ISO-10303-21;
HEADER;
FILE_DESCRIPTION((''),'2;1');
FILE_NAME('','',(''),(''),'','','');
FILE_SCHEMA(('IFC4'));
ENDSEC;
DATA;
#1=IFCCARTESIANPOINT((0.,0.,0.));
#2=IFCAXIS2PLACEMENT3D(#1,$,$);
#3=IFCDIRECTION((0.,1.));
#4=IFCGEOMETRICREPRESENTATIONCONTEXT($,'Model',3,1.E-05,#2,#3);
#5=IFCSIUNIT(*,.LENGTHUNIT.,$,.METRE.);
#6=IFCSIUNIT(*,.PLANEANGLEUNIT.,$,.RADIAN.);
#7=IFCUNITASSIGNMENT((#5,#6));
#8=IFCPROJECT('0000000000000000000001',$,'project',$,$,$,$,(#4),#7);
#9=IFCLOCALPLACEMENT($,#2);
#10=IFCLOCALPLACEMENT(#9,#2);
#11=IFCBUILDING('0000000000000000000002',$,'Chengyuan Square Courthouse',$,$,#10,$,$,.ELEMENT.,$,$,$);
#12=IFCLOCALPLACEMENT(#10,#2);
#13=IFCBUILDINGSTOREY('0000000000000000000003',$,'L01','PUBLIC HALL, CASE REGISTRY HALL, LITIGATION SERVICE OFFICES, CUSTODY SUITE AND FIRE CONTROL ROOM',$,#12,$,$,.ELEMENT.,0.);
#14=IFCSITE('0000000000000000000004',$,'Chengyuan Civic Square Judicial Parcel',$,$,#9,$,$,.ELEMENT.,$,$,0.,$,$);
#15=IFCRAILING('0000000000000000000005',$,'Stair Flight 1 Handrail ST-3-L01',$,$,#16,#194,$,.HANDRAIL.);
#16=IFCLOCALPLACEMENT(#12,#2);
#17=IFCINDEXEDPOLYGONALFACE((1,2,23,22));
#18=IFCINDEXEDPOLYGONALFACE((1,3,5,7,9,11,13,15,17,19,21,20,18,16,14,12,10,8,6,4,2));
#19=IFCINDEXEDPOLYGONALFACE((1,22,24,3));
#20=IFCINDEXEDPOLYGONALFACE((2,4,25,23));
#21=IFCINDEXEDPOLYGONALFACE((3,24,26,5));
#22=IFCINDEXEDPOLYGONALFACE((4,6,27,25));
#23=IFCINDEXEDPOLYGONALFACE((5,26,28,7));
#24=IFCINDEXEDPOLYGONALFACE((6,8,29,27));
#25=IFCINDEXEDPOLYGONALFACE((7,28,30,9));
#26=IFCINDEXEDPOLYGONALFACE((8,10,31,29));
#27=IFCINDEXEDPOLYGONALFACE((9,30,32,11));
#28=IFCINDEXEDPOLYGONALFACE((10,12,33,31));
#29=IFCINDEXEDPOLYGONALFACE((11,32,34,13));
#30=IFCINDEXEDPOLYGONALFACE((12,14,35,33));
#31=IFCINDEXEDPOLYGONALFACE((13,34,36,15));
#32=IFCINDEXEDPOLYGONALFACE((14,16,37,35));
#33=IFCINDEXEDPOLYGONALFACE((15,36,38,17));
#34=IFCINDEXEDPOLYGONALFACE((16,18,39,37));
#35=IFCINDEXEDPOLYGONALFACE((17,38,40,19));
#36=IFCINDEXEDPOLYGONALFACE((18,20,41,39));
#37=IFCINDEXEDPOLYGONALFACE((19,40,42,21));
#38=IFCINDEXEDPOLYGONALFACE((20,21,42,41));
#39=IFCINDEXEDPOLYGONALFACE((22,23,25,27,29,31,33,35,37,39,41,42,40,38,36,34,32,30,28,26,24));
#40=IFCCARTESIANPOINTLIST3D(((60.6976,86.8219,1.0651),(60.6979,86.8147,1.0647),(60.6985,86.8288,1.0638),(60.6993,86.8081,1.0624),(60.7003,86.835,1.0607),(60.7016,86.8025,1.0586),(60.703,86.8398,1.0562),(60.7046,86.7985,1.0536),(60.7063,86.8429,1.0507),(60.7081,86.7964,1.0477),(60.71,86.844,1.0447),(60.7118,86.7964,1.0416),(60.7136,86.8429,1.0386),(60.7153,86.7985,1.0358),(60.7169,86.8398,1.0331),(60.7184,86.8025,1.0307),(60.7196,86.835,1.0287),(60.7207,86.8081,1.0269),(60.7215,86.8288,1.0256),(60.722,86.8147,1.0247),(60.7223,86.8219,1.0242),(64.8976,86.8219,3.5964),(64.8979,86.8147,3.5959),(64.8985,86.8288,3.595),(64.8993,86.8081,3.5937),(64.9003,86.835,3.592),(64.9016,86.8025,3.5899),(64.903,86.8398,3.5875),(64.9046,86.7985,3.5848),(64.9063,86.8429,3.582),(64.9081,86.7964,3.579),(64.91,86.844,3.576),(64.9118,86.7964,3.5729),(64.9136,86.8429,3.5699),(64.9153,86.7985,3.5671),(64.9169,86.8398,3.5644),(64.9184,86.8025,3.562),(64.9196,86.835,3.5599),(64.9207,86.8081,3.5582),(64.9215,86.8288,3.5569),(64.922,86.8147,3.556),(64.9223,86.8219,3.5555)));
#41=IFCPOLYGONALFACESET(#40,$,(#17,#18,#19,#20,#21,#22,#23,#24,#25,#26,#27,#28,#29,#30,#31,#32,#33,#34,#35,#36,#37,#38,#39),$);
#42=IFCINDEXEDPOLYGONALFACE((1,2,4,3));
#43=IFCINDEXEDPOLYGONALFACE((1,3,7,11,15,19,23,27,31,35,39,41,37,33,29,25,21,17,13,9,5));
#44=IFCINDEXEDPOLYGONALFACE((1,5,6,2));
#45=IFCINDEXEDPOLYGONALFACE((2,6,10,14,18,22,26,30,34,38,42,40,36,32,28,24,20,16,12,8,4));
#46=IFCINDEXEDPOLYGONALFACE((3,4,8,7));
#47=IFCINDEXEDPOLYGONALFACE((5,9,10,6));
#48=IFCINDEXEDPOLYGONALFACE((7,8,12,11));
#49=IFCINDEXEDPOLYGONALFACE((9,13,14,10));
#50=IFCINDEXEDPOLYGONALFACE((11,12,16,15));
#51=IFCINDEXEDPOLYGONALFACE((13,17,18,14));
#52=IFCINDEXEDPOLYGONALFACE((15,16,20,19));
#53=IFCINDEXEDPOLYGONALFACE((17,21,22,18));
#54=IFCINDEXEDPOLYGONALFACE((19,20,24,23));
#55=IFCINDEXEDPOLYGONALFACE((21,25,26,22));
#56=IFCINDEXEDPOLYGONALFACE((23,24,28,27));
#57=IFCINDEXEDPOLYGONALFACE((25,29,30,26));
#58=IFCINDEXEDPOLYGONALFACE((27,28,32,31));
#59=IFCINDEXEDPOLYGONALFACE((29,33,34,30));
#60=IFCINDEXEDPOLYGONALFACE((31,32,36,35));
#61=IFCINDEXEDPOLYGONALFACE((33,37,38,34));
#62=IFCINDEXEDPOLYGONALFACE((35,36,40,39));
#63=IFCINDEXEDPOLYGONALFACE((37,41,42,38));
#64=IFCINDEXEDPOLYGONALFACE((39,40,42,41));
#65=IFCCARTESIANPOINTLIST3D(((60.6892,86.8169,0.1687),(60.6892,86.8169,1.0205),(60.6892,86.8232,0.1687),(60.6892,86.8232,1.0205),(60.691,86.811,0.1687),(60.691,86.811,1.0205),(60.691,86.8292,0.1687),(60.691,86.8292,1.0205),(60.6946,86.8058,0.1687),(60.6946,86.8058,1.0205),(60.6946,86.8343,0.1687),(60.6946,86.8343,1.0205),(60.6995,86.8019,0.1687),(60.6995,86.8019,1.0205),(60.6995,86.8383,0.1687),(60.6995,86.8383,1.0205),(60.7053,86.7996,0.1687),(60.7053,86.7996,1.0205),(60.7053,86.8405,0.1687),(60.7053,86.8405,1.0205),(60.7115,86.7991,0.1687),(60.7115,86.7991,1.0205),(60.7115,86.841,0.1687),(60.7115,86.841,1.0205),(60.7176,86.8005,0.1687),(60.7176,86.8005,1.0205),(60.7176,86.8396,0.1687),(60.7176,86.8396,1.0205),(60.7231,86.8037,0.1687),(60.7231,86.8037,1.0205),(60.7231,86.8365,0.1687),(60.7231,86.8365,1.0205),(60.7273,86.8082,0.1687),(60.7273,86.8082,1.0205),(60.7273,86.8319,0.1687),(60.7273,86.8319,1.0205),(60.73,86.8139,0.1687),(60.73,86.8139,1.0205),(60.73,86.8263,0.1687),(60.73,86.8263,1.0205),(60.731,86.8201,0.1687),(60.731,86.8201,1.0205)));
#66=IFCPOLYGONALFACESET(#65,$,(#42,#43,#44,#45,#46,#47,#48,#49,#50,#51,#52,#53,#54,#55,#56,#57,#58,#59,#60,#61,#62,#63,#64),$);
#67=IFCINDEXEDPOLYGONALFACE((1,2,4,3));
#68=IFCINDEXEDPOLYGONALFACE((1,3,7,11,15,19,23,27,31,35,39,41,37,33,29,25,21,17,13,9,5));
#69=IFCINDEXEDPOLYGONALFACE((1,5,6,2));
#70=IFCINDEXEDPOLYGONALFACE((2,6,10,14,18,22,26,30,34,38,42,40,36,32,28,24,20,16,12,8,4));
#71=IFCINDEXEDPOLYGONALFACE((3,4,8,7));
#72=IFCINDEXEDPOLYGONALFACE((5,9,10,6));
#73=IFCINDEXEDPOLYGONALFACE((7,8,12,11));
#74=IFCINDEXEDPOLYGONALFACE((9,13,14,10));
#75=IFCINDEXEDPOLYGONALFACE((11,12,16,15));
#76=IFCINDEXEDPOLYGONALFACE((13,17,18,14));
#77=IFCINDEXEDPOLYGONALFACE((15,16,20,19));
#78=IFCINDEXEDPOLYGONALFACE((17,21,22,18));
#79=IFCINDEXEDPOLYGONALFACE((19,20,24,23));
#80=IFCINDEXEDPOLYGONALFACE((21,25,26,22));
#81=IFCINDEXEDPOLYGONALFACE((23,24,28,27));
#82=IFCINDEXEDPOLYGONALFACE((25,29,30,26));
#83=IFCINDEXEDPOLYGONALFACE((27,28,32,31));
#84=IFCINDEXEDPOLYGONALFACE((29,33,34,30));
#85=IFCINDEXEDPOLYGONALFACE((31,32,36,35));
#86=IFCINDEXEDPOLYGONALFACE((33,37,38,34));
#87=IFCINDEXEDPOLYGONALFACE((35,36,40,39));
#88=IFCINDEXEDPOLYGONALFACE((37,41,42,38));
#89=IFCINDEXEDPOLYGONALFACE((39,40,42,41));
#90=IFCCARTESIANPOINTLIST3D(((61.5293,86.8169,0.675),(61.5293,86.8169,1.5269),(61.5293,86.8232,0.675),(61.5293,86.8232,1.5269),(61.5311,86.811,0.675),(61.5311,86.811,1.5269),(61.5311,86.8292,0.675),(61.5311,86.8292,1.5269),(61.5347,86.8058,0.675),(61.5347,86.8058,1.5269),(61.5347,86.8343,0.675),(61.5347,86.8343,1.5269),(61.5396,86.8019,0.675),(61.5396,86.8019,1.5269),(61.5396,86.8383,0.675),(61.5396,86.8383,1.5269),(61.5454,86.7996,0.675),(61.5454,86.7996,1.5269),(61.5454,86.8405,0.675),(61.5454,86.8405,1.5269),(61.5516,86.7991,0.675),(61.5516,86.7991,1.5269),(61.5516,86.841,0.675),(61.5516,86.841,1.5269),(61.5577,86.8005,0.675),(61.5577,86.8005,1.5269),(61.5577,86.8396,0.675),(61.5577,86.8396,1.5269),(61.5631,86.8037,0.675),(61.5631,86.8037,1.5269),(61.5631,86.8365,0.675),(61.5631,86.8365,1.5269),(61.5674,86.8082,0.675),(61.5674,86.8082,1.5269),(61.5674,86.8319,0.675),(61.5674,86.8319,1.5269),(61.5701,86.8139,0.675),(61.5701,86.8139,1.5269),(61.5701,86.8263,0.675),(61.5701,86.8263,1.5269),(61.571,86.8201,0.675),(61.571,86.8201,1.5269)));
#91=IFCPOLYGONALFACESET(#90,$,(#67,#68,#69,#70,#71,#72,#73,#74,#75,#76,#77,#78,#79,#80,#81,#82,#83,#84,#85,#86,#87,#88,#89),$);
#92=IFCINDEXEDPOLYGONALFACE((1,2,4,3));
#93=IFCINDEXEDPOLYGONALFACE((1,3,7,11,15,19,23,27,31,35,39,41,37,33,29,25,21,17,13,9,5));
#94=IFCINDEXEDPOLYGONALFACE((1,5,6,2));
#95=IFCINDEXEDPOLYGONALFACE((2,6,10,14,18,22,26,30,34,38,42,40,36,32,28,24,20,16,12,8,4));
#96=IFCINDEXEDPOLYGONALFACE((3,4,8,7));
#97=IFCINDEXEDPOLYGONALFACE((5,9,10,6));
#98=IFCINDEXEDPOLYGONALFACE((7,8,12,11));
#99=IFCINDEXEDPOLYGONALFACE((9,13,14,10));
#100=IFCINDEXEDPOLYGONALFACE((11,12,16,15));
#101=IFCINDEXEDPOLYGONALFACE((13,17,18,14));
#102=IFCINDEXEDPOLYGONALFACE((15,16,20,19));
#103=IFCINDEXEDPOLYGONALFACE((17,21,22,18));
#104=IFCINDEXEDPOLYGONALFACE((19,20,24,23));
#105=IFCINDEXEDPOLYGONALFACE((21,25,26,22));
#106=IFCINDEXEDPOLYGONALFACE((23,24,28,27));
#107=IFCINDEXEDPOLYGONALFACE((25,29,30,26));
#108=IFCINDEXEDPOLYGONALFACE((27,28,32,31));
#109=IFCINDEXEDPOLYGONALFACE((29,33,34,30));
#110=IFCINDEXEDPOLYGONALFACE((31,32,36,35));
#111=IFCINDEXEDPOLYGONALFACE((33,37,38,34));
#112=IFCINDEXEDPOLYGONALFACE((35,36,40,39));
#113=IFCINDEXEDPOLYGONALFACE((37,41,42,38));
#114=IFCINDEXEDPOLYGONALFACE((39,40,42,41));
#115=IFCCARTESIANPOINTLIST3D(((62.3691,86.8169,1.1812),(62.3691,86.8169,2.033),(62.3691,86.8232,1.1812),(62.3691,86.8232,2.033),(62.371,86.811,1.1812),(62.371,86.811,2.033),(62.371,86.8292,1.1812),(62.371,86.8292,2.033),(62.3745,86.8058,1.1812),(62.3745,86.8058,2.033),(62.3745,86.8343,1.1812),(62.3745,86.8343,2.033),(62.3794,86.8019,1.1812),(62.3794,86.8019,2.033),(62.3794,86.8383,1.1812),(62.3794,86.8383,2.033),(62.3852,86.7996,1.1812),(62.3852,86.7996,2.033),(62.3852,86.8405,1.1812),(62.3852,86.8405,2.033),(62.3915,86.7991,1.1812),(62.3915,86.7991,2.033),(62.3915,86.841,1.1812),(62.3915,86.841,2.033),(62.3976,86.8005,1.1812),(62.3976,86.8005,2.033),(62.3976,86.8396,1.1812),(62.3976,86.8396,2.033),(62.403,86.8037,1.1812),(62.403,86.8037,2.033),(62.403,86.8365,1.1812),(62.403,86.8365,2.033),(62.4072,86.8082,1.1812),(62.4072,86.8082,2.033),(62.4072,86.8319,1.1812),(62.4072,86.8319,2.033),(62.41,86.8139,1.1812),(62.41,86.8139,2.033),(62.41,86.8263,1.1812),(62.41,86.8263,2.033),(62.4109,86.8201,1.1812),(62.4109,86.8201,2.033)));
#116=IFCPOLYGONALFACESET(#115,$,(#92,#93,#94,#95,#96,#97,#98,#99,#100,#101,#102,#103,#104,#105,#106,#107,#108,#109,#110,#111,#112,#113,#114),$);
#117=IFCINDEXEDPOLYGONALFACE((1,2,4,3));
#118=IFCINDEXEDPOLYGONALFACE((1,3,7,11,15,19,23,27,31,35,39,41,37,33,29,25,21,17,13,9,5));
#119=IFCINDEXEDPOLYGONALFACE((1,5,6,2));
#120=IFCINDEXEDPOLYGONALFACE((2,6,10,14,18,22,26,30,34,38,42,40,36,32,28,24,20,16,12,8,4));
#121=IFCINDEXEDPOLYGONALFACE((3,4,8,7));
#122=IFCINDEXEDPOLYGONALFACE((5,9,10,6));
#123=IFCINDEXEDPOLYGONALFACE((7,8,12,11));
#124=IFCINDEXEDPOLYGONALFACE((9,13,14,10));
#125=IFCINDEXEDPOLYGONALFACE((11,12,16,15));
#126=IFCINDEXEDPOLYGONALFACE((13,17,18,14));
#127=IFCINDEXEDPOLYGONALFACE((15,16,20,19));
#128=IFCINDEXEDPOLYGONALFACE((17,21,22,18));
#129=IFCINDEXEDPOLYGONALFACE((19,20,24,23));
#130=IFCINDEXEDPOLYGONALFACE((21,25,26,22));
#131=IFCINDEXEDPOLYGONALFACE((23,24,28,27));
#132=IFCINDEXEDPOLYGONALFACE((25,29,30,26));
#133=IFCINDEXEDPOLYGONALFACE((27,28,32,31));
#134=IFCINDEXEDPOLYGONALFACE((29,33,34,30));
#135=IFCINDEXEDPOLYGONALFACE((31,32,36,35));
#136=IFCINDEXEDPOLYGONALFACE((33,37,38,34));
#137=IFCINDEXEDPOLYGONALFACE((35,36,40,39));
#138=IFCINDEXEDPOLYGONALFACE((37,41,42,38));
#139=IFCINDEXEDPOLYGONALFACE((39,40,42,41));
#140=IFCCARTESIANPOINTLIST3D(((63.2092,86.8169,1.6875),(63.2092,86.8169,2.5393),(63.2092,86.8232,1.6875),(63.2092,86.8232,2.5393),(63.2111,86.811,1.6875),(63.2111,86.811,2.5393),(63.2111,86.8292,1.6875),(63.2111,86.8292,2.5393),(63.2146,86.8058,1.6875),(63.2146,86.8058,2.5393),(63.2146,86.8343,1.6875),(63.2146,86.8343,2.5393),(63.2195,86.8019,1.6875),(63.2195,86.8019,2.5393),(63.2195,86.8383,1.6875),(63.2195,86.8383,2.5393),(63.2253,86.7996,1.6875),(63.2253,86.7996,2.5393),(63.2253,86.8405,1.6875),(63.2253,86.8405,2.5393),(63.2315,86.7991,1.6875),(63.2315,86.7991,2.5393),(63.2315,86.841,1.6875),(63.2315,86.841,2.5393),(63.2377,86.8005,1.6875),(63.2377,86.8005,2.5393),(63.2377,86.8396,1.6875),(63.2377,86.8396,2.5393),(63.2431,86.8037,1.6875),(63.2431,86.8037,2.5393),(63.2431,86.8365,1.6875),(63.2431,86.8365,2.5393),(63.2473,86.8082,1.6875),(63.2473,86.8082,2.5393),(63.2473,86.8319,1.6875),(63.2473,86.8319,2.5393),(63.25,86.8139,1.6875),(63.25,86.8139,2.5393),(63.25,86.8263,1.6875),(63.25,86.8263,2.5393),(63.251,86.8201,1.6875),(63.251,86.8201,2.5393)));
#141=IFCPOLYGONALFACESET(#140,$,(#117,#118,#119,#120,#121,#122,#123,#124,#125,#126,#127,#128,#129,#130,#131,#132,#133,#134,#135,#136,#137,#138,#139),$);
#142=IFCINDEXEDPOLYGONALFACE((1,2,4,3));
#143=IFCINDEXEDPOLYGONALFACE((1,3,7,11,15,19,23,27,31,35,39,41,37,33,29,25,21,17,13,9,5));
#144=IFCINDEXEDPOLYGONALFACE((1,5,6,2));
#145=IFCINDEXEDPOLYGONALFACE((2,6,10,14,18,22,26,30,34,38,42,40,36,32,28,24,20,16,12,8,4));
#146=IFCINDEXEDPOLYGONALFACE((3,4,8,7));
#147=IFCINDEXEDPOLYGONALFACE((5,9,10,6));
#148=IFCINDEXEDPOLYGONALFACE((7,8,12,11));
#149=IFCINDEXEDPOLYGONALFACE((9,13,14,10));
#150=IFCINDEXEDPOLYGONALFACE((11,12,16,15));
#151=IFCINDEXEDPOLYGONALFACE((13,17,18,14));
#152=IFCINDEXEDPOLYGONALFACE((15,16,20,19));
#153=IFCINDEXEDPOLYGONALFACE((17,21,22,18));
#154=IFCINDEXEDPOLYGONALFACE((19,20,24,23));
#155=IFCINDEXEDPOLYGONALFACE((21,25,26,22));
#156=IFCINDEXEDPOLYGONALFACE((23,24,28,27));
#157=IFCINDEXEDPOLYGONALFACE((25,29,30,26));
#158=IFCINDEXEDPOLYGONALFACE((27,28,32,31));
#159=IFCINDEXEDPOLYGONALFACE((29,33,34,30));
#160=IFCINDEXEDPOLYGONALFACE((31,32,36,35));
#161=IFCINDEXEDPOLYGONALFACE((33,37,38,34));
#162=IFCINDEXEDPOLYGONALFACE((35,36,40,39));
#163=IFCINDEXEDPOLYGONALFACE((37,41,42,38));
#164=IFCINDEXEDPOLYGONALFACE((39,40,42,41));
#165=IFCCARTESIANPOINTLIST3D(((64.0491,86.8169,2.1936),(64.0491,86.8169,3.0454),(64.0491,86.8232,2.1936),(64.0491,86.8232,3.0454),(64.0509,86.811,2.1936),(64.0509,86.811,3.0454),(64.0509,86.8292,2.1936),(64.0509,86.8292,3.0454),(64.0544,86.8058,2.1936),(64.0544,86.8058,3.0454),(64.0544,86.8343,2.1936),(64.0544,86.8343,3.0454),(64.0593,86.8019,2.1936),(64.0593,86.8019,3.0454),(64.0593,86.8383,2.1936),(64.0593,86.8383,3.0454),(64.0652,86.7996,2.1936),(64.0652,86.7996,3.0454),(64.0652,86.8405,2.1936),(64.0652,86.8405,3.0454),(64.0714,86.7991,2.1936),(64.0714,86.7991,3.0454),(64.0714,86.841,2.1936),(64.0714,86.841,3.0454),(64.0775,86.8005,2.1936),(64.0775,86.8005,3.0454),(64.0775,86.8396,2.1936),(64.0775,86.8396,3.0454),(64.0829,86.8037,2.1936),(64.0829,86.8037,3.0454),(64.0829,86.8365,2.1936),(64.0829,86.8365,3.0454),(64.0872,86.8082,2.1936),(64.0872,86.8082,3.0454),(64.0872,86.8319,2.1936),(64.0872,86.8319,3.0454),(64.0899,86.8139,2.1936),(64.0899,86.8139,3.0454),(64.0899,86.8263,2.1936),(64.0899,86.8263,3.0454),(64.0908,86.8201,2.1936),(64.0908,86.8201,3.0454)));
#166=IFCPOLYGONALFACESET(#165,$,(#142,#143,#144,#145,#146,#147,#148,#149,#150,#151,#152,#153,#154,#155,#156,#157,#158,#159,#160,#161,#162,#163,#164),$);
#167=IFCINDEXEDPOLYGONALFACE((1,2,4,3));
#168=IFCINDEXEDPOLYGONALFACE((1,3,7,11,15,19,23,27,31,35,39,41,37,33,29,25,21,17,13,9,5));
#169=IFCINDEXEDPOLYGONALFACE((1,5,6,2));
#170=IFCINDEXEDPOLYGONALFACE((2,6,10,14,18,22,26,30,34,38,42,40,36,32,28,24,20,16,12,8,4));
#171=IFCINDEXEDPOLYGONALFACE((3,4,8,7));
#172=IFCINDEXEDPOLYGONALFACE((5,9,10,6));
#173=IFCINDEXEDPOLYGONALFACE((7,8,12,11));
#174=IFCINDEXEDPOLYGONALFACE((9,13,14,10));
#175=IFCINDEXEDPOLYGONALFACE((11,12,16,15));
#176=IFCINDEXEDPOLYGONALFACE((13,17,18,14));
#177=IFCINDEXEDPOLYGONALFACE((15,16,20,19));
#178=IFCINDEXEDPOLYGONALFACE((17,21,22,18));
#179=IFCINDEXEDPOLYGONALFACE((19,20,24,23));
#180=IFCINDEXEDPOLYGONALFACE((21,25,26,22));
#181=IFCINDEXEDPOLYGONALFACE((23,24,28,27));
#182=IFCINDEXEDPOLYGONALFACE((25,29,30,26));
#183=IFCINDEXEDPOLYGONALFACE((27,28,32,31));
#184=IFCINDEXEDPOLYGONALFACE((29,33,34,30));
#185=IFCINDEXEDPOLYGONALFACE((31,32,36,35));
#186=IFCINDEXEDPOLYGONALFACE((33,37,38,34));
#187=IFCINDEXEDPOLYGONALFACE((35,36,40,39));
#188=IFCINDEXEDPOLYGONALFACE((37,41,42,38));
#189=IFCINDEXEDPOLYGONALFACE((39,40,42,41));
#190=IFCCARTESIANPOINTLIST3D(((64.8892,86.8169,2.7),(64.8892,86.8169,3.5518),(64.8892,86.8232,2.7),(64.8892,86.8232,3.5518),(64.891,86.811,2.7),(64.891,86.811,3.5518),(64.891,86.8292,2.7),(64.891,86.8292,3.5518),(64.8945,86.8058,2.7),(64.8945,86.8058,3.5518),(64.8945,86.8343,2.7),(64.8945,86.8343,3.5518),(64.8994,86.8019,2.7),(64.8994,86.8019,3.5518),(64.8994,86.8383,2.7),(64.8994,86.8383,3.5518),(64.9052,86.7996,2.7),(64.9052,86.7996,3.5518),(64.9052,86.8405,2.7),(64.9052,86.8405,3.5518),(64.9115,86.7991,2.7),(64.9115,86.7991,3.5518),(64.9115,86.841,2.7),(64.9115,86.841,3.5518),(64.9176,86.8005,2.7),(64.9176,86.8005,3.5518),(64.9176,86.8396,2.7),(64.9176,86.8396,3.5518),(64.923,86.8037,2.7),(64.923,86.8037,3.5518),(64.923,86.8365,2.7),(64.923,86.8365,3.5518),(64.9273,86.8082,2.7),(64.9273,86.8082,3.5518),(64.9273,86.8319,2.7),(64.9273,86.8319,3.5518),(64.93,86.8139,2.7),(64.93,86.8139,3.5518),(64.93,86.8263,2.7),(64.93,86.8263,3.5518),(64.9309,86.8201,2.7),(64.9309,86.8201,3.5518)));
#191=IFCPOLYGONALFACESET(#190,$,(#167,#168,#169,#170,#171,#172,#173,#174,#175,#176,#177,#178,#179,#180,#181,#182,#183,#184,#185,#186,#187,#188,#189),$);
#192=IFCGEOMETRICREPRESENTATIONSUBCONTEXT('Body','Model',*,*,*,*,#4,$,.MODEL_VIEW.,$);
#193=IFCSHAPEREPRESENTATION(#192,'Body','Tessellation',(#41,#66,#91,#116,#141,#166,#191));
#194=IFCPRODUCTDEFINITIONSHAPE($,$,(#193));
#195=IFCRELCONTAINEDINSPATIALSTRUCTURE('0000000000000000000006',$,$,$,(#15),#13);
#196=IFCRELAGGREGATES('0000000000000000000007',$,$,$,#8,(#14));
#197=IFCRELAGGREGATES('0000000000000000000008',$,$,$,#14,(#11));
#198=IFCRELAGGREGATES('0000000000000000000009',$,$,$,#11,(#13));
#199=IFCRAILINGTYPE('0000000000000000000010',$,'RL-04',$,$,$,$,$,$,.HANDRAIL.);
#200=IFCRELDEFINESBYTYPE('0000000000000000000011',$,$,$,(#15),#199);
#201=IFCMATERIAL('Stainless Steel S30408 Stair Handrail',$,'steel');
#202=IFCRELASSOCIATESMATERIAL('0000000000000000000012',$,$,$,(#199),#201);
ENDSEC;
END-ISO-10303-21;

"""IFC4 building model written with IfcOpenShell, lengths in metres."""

from ifc_helpers import new_model, si_unit, direction, frame, origin, origin_2d, place, context, subcontext, project, spatial, circle, extrude, material, type_object, element, save


model = new_model("IFC4")

# Units and contexts
model_context = context("Model", 3, precision=1e-05, world=origin(), true_north=direction((0.0, 1.0)))
body_context = subcontext(model_context, "Body", "Model", "MODEL_VIEW")
ifc_project = project(units=[si_unit("LENGTHUNIT", "METRE"), si_unit("PLANEANGLEUNIT", "RADIAN")], contexts=[model_context])

# Site, building, storey
site_placement = place(None, origin())
site = spatial("IfcSite", under=ifc_project, at=site_placement, Name="Chengyuan Civic Square Judicial Parcel", CompositionType="ELEMENT", RefElevation=0.0)
building_placement = place(site_placement, origin())
building = spatial("IfcBuilding", under=site, at=building_placement, Name="Chengyuan Square Courthouse", CompositionType="ELEMENT")
storey_placement = place(building_placement, origin())
storey = spatial("IfcBuildingStorey", under=building, at=storey_placement, Name="L01", Description="PUBLIC HALL, CASE REGISTRY HALL, LITIGATION SERVICE OFFICES, CUSTODY SUITE AND FIRE CONTROL ROOM", CompositionType="ELEMENT", Elevation=0.0)

# Railing
ifc_material_1 = material(Name="Stainless Steel S30408 Stair Handrail", Category="steel")
railing_type_1 = type_object("IfcRailingType", Name="RL-04", PredefinedType="HANDRAIL", material=ifc_material_1)
railing_1_placement = place(storey_placement, frame((60.71, 86.8201, 0.1687)))
element("IfcRailing", 1, at=railing_1_placement, inside=storey, type_object=railing_type_1, Name="Stair Flight 1 Handrail ST-3-L01", PredefinedType="HANDRAIL", context=body_context, shape_type="SweptSolid", body=[
    extrude(circle(Radius=0.0239, at=origin_2d()), frame((0.0, 0.0, 0.876), z_axis=(0.856476, 0.0, 0.516186), x_axis=(0.0, 1.0, 0.0)), (0.0, 0.0, 1.0), 4.9038),
    extrude(circle(Radius=0.021, at=origin_2d()), origin(), (0.0, 0.0, 1.0), 0.8518),
    extrude(circle(Radius=0.021, at=origin_2d()), frame((0.8401, 0.0, 0.5063)), (0.0, 0.0, 1.0), 0.8518),
    extrude(circle(Radius=0.021, at=origin_2d()), frame((1.6799, 0.0, 1.0125)), (0.0, 0.0, 1.0), 0.8518),
    extrude(circle(Radius=0.021, at=origin_2d()), frame((2.52, 0.0, 1.5188)), (0.0, 0.0, 1.0), 0.8518),
    extrude(circle(Radius=0.021, at=origin_2d()), frame((3.3599, 0.0, 2.0249)), (0.0, 0.0, 1.0), 0.8518),
    extrude(circle(Radius=0.021, at=origin_2d()), frame((4.2, 0.0, 2.5312)), (0.0, 0.0, 1.0), 0.8518),
])

save(model, "model.ifc")
